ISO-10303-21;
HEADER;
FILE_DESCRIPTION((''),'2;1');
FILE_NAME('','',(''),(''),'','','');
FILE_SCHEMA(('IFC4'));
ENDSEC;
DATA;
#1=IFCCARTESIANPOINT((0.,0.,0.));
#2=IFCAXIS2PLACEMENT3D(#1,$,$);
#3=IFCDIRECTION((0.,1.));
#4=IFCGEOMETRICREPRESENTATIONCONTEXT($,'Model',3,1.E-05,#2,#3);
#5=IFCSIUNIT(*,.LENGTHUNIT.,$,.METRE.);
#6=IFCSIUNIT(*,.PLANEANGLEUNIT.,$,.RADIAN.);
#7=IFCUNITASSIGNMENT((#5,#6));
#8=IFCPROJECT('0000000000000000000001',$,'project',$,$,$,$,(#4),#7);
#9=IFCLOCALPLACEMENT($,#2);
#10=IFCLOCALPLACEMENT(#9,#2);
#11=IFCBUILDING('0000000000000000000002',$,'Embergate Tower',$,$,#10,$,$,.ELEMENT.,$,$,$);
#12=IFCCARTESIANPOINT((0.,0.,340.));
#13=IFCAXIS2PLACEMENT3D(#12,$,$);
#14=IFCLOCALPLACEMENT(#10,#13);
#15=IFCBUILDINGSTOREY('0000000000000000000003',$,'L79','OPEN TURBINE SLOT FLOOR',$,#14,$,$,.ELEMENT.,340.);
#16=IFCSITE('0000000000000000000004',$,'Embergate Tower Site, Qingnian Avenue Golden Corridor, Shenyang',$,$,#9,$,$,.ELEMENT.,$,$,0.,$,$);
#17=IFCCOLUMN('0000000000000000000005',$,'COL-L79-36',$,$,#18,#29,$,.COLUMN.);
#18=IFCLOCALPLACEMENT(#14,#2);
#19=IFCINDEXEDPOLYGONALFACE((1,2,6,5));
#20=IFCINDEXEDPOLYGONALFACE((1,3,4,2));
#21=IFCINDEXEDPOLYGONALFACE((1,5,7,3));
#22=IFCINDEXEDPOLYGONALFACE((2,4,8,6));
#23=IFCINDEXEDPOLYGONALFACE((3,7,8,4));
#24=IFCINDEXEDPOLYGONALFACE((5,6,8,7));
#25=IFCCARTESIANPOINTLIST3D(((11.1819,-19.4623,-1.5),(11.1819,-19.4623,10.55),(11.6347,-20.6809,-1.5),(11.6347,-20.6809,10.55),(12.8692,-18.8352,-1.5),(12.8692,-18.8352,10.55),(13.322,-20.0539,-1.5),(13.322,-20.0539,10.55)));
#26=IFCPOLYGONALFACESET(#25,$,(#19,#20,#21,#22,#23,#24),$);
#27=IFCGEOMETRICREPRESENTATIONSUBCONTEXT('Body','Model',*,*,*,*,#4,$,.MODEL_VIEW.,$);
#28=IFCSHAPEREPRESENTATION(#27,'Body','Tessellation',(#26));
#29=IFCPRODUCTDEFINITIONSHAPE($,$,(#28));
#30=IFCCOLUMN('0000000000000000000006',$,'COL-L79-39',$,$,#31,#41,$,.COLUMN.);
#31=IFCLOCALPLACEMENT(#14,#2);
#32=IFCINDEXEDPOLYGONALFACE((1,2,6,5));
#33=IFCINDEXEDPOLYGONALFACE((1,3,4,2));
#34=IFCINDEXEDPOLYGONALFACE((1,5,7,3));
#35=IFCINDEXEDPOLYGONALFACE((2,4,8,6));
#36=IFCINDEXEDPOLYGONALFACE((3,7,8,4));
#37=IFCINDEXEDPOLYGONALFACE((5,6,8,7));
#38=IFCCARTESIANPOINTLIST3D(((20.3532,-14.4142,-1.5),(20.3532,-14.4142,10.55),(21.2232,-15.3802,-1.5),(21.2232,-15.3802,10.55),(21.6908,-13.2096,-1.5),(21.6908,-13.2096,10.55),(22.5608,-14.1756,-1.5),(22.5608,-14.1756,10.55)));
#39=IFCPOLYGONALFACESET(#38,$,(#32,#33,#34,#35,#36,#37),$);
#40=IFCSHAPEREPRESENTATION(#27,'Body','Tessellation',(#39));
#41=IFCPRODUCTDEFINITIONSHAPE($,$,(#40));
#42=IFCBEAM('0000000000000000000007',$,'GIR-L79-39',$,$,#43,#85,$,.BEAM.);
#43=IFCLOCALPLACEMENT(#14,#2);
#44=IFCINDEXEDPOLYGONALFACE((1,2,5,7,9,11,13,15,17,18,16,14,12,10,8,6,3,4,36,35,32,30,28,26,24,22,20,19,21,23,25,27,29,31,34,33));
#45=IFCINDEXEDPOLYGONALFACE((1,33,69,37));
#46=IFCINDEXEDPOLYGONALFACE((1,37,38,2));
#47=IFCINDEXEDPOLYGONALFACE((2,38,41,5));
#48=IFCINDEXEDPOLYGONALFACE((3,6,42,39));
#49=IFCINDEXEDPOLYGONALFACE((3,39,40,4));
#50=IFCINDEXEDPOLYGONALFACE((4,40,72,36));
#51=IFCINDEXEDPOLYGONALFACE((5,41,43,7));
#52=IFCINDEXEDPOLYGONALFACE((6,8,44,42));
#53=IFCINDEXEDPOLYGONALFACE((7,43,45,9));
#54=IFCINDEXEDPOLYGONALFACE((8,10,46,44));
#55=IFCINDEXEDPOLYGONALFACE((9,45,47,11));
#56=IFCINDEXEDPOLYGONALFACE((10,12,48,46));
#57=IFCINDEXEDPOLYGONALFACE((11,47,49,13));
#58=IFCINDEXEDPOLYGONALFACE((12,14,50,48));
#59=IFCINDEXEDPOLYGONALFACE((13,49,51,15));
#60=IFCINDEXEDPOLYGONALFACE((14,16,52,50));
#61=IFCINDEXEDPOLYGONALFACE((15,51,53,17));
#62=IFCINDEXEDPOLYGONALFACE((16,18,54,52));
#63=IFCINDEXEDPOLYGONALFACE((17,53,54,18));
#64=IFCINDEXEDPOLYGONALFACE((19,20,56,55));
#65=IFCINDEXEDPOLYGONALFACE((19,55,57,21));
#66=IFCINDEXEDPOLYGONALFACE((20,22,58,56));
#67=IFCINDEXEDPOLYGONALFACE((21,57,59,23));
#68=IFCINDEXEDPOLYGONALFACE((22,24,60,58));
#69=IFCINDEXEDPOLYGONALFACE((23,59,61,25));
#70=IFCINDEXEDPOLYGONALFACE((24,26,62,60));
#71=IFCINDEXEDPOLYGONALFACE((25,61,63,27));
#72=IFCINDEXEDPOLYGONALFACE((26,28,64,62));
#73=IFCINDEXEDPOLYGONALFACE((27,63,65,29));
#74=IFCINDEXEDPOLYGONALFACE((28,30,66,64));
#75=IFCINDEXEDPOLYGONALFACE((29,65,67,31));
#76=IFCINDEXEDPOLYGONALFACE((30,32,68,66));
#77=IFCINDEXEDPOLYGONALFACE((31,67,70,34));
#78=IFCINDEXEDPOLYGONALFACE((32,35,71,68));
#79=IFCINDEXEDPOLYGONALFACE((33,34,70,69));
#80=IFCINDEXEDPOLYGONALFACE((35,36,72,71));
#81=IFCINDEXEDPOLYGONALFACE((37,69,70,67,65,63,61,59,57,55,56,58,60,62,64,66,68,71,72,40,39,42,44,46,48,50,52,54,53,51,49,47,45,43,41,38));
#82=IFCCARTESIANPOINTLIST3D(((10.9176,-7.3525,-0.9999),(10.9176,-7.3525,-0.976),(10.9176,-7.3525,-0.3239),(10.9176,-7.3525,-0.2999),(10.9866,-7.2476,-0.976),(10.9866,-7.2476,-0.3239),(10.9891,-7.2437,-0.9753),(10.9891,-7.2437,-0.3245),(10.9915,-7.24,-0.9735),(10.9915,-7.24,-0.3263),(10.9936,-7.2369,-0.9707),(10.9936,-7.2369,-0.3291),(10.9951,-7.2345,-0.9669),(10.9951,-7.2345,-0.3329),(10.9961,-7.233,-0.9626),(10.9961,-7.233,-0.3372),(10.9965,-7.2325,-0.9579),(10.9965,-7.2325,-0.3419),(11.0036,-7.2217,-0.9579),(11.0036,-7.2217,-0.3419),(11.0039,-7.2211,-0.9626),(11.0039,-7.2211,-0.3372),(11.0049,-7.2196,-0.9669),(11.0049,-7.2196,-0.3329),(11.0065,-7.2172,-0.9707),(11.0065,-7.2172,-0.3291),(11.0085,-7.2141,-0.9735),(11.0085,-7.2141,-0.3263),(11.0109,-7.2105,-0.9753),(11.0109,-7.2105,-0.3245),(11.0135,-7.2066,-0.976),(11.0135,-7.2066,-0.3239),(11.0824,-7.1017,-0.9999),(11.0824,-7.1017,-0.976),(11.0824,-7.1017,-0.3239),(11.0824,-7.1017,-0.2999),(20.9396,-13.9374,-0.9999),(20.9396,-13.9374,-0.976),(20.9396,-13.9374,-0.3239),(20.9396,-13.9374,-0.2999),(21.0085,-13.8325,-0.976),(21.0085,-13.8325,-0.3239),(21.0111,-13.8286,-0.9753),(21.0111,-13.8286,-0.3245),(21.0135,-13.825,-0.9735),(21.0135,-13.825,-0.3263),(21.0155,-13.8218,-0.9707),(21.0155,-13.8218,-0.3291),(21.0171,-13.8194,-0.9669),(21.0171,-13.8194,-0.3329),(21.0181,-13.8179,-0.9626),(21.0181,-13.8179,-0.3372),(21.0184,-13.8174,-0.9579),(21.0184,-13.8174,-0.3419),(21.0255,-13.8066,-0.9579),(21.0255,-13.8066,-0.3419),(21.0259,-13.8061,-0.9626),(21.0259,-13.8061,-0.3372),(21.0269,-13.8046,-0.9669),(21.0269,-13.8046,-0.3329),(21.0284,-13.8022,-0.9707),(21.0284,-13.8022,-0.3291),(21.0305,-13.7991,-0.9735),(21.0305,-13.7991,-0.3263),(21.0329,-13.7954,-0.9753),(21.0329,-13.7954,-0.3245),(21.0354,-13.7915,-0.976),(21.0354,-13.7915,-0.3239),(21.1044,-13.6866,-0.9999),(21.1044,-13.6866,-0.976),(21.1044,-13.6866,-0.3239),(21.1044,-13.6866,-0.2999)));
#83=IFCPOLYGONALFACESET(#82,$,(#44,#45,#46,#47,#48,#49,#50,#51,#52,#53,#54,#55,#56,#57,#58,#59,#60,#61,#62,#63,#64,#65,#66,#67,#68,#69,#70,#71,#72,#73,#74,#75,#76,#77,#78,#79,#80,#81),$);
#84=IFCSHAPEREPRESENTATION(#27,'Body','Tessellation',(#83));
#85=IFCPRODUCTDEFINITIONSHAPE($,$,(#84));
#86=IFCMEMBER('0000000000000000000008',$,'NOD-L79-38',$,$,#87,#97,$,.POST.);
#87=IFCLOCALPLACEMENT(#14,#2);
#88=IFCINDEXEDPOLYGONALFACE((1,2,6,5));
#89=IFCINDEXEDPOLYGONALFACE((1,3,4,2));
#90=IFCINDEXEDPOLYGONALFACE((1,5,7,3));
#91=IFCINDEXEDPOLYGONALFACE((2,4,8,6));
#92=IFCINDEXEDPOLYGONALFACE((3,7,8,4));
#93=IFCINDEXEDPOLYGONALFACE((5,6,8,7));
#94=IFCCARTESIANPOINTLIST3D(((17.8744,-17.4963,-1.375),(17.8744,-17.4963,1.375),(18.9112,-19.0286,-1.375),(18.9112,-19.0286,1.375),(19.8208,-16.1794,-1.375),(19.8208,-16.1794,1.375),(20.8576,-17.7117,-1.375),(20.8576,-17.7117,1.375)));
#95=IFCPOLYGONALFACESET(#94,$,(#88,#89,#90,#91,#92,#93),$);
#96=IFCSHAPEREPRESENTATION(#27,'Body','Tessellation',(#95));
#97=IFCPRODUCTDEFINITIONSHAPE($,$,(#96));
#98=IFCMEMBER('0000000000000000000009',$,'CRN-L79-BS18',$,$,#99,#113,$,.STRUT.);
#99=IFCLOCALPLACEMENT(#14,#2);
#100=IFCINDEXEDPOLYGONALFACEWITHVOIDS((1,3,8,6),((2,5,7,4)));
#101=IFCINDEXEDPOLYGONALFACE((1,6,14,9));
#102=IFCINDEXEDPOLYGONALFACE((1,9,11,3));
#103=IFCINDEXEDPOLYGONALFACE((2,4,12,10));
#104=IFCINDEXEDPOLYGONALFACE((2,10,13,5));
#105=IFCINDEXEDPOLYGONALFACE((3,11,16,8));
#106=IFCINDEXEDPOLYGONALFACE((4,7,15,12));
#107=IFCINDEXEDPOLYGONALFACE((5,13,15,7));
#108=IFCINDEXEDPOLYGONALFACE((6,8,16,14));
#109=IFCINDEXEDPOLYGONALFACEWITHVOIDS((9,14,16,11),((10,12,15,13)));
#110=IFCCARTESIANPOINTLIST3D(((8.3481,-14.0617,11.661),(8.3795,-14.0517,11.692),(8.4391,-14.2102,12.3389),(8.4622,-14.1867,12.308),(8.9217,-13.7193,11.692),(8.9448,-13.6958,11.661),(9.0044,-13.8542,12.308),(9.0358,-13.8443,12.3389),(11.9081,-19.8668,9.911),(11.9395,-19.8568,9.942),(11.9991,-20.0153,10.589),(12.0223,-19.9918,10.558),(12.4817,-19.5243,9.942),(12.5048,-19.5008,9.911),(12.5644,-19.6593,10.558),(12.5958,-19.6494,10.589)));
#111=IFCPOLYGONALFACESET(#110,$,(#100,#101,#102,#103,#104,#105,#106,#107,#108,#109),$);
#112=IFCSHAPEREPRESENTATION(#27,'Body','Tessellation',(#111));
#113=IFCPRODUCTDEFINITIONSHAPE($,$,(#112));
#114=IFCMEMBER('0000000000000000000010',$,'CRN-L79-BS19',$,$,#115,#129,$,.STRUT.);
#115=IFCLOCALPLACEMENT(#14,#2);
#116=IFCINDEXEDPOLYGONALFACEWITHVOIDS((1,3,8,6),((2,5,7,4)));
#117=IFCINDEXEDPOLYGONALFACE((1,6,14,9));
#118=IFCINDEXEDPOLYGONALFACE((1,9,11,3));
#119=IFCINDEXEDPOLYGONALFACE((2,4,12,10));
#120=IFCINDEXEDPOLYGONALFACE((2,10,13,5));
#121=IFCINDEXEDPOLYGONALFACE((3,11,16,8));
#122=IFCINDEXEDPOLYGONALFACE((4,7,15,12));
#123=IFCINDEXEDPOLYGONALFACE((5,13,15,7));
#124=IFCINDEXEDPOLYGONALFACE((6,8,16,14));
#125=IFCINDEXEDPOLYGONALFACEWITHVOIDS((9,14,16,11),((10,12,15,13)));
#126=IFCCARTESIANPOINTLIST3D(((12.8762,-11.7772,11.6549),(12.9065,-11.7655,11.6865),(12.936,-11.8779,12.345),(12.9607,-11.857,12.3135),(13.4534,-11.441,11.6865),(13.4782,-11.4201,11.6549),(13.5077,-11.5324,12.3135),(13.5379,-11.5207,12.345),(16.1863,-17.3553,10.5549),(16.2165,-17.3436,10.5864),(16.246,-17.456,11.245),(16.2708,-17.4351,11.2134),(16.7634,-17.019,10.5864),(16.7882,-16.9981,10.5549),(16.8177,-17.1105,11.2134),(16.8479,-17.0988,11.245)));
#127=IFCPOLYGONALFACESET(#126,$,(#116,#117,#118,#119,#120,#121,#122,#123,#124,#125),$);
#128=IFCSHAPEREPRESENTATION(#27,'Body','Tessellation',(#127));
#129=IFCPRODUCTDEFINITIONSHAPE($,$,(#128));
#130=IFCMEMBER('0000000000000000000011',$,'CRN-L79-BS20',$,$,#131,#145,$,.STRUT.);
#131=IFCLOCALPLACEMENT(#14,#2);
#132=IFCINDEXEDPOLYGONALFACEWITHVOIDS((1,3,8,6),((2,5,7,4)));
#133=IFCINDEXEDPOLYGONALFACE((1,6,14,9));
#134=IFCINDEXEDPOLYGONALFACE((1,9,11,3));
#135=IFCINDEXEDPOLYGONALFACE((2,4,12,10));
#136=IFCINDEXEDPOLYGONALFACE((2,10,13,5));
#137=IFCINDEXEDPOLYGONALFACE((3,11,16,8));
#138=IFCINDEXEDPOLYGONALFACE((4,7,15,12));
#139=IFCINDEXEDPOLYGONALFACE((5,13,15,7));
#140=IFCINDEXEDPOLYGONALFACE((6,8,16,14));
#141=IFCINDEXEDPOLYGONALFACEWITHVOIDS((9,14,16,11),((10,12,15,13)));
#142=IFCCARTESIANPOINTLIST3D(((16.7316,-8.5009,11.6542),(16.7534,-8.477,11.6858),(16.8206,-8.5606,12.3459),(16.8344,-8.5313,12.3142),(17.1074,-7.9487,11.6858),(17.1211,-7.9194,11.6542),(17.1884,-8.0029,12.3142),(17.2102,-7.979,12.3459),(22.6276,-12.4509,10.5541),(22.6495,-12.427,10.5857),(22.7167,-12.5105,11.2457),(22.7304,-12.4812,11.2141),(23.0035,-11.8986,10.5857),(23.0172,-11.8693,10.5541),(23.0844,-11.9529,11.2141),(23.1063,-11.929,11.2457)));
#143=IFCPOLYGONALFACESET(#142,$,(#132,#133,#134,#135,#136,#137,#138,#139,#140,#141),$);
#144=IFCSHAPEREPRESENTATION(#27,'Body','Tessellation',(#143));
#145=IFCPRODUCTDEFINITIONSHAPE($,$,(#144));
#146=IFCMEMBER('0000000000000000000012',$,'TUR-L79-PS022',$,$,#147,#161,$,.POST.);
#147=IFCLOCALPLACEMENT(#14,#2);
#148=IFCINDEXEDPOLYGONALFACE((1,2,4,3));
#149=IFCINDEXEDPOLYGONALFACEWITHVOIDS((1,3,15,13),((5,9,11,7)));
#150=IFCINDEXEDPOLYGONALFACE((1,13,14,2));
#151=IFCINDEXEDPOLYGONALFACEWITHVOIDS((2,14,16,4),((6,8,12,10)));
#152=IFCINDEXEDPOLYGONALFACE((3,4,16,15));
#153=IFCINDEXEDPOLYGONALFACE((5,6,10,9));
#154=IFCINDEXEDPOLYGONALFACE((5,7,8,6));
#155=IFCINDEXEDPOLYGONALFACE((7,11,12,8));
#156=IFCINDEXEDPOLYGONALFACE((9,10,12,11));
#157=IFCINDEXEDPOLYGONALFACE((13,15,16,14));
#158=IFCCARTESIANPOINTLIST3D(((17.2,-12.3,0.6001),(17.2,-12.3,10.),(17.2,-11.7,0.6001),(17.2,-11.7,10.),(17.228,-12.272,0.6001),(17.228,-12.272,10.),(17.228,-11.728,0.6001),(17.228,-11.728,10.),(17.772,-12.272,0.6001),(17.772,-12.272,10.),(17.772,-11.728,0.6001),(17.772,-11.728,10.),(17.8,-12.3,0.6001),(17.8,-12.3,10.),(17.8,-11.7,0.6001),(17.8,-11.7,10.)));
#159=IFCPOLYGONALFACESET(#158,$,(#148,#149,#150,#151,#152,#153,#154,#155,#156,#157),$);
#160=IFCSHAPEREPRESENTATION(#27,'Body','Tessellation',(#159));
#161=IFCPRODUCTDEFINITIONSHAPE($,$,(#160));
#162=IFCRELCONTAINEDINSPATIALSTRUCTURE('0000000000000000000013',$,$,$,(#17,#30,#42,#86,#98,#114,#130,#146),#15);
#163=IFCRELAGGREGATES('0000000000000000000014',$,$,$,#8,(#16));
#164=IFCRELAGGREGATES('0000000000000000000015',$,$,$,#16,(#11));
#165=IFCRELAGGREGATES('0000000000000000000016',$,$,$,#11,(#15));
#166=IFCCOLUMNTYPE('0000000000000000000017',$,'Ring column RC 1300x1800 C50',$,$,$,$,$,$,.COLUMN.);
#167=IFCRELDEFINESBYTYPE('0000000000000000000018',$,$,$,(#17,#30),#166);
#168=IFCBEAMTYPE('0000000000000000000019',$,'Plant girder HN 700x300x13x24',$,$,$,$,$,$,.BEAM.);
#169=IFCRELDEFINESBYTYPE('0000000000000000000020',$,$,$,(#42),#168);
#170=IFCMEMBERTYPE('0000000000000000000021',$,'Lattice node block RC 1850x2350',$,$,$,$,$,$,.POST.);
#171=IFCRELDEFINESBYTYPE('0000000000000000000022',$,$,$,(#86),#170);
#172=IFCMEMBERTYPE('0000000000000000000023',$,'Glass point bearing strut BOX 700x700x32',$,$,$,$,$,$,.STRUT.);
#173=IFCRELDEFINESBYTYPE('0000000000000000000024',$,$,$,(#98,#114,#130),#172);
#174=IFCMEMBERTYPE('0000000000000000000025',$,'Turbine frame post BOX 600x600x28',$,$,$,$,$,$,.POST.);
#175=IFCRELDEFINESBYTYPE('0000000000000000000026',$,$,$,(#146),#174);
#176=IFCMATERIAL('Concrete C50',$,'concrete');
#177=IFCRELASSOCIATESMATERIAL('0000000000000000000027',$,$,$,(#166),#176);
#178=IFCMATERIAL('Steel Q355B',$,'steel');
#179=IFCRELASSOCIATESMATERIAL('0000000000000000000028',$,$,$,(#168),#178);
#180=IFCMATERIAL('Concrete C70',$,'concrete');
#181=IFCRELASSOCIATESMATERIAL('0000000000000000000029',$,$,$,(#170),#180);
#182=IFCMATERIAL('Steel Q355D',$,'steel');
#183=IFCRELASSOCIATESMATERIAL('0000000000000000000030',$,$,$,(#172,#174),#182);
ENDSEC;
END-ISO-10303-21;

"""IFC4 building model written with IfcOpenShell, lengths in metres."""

from ifc_helpers import new_model, si_unit, direction, frame, origin, origin_2d, place, context, subcontext, project, spatial, rectangle, hollow_rectangle, i_section, extrude, source, transform, mapped, material, material_profile, profile_set, type_object, element, save


model = new_model("IFC4")

# Units and contexts
model_context = context("Model", 3, precision=1e-05, world=origin(), true_north=direction((0.0, 1.0)))
body_context = subcontext(model_context, "Body", "Model", "MODEL_VIEW")
ifc_project = project(units=[si_unit("LENGTHUNIT", "METRE"), si_unit("PLANEANGLEUNIT", "RADIAN")], contexts=[model_context])

# Site, building, storey
site_placement = place(None, origin())
site = spatial("IfcSite", under=ifc_project, at=site_placement, Name="Embergate Tower Site, Qingnian Avenue Golden Corridor, Shenyang", CompositionType="ELEMENT", RefElevation=0.0)
building_placement = place(site_placement, origin())
building = spatial("IfcBuilding", under=site, at=building_placement, Name="Embergate Tower", CompositionType="ELEMENT")
storey_placement = place(building_placement, frame((0.0, 0.0, 340.0)))
storey = spatial("IfcBuildingStorey", under=building, at=storey_placement, Name="L79", Description="OPEN TURBINE SLOT FLOOR", CompositionType="ELEMENT", Elevation=340.0)

# Columns
ifc_material_1 = material(Name="Concrete C50", Category="concrete")
ifc_material_profile_1 = material_profile(ifc_material_1, rectangle(XDim=1.3, YDim=1.8, at=origin_2d()), Name="RC 1300x1800")
ifc_profile_set_1 = profile_set([ifc_material_profile_1], Name="Concrete C50")
column_type = type_object("IfcColumnType", Name="Ring column RC 1300x1800 C50", PredefinedType="COLUMN", material=ifc_profile_set_1)
shared_shape_1 = source(origin(), body_context, "Body", "SweptSolid", [
    extrude(rectangle(XDim=1.3, YDim=1.8, at=origin_2d()), origin(), (0.0, 0.0, 1.0), 12.05),
])
for number, where, z_axis, x_axis, name in (
    (1, (12.252, -19.7581, -1.5), (0.0, 0.0, 1.0), (0.348343, -0.937367, 0.0), "COL-L79-36"),
    (2, (21.457, -14.2949, -1.5), (0.0, 0.0, 1.0), (0.669208, -0.743075, 0.0), "COL-L79-39"),
):
    element("IfcColumn", number, at=place(storey_placement, frame(where, z_axis=z_axis, x_axis=x_axis)), inside=storey, type_object=column_type, Name=name, PredefinedType="COLUMN", context=body_context, shape_type="MappedRepresentation", body=[
        mapped(shared_shape_1, transform((0.0, 0.0, 0.0))),
    ])

# Beam
ifc_material_2 = material(Name="Steel Q355B", Category="steel")
ifc_material_profile_2 = material_profile(ifc_material_2, i_section(OverallWidth=0.3, OverallDepth=0.7, WebThickness=0.0129, FlangeThickness=0.0239, FilletRadius=0.0181, at=origin_2d()), Name="HN 700x300x13x24")
ifc_profile_set_2 = profile_set([ifc_material_profile_2], Name="Steel Q355 grade B")
beam_type_1 = type_object("IfcBeamType", Name="Plant girder HN 700x300x13x24", PredefinedType="BEAM", material=ifc_profile_set_2)
shared_shape_2 = source(origin(), body_context, "Body", "SweptSolid", [
    extrude(i_section(OverallWidth=0.3, OverallDepth=0.7, WebThickness=0.0129, FlangeThickness=0.0239, FilletRadius=0.0181, at=origin_2d()), origin(), (0.0, 0.0, 1.0), 11.9917),
])
beam_1_placement = place(storey_placement, frame((21.022, -13.812, -0.6499), z_axis=(-0.83574, 0.549125, 0.0), x_axis=(-0.549125, -0.83574, 0.0)))
element("IfcBeam", 3, at=beam_1_placement, inside=storey, type_object=beam_type_1, Name="GIR-L79-39", PredefinedType="BEAM", context=body_context, shape_type="MappedRepresentation", body=[
    mapped(shared_shape_2, transform((0.0, 0.0, 0.0))),
])

# Members
ifc_material_3 = material(Name="Concrete C70", Category="concrete")
ifc_material_profile_3 = material_profile(ifc_material_3, rectangle(XDim=1.8501, YDim=2.3501, at=origin_2d()), Name="RC 1850x2350")
ifc_profile_set_3 = profile_set([ifc_material_profile_3], Name="Concrete C70")
member_type_1 = type_object("IfcMemberType", Name="Lattice node block RC 1850x2350", PredefinedType="POST", material=ifc_profile_set_3)
shared_shape_3 = source(origin(), body_context, "Body", "SweptSolid", [
    extrude(rectangle(XDim=1.8501, YDim=2.3501, at=origin_2d()), origin(), (0.0, 0.0, 1.0), 2.75),
])
member_1_placement = place(storey_placement, frame((19.366, -17.604, -1.375), z_axis=(0.0, 0.0, 1.0), x_axis=(0.560393, -0.828227, 0.0)))
element("IfcMember", 4, at=member_1_placement, inside=storey, type_object=member_type_1, Name="NOD-L79-38", PredefinedType="POST", context=body_context, shape_type="MappedRepresentation", body=[
    mapped(shared_shape_3, transform((0.0, 0.0, 0.0))),
])
ifc_material_4 = material(Name="Steel Q355D", Category="steel")
ifc_material_profile_4 = material_profile(ifc_material_4, hollow_rectangle(XDim=0.7, YDim=0.7, WallThickness=0.032, at=origin_2d()), Name="BOX 700x700x32")
ifc_profile_set_4 = profile_set([ifc_material_profile_4], Name="Steel Q355 grade D")
member_type_2 = type_object("IfcMemberType", Name="Glass point bearing strut BOX 700x700x32", PredefinedType="STRUT", material=ifc_profile_set_4)
shared_shape_4 = source(origin(), body_context, "Body", "SweptSolid", [
    extrude(hollow_rectangle(XDim=0.7, YDim=0.7, WallThickness=0.032, at=origin_2d()), origin(), (0.0, 0.0, 1.0), 7.031),
])
member_2_placement = place(storey_placement, frame((12.252, -19.7581, 10.25), z_axis=(-0.506329, 0.825641, 0.248894), x_axis=(-0.852467, -0.522781, 0.0)))
element("IfcMember", 5, at=member_2_placement, inside=storey, type_object=member_type_2, Name="CRN-L79-BS18", PredefinedType="STRUT", context=body_context, shape_type="MappedRepresentation", body=[
    mapped(shared_shape_4, transform((0.0, 0.0, 0.0))),
])
shared_shape_5 = source(origin(), body_context, "Body", "SweptSolid", [
    extrude(hollow_rectangle(XDim=0.7, YDim=0.7, WallThickness=0.032, at=origin_2d()), origin(), (0.0, 0.0, 1.0), 6.5789),
])
member_3_placement = place(storey_placement, frame((16.5171, -17.2271, 10.8999), z_axis=(-0.503131, 0.847879, 0.167216), x_axis=(-0.859987, -0.510316, 0.0)))
element("IfcMember", 6, at=member_3_placement, inside=storey, type_object=member_type_2, Name="CRN-L79-BS19", PredefinedType="STRUT", context=body_context, shape_type="MappedRepresentation", body=[
    mapped(shared_shape_5, transform((0.0, 0.0, 0.0))),
])
shared_shape_6 = source(origin(), body_context, "Body", "SweptSolid", [
    extrude(hollow_rectangle(XDim=0.7, YDim=0.7, WallThickness=0.032, at=origin_2d()), origin(), (0.0, 0.0, 1.0), 7.1816),
])
member_4_placement = place(storey_placement, frame((22.8669, -12.1899, 10.8999), z_axis=(-0.820989, 0.550011, 0.153183), x_axis=(-0.55658, -0.830794, 0.0)))
element("IfcMember", 7, at=member_4_placement, inside=storey, type_object=member_type_2, Name="CRN-L79-BS20", PredefinedType="STRUT", context=body_context, shape_type="MappedRepresentation", body=[
    mapped(shared_shape_6, transform((0.0, 0.0, 0.0))),
])
ifc_material_profile_5 = material_profile(ifc_material_4, hollow_rectangle(XDim=0.6001, YDim=0.6001, WallThickness=0.0281, at=origin_2d()), Name="BOX 600x600x28")
ifc_profile_set_5 = profile_set([ifc_material_profile_5], Name="Steel Q355 grade D")
member_type_3 = type_object("IfcMemberType", Name="Turbine frame post BOX 600x600x28", PredefinedType="POST", material=ifc_profile_set_5)
shared_shape_7 = source(origin(), body_context, "Body", "SweptSolid", [
    extrude(hollow_rectangle(XDim=0.6001, YDim=0.6001, WallThickness=0.0281, at=origin_2d()), origin(), (0.0, 0.0, 1.0), 9.3999),
])
member_5_placement = place(storey_placement, frame((17.5, -12.0, 0.6001), z_axis=(0.0, 0.0, 1.0), x_axis=(1.0, 0.0, 0.0)))
element("IfcMember", 8, at=member_5_placement, inside=storey, type_object=member_type_3, Name="TUR-L79-PS022", PredefinedType="POST", context=body_context, shape_type="MappedRepresentation", body=[
    mapped(shared_shape_7, transform((0.0, 0.0, 0.0))),
])

save(model, "model.ifc")
